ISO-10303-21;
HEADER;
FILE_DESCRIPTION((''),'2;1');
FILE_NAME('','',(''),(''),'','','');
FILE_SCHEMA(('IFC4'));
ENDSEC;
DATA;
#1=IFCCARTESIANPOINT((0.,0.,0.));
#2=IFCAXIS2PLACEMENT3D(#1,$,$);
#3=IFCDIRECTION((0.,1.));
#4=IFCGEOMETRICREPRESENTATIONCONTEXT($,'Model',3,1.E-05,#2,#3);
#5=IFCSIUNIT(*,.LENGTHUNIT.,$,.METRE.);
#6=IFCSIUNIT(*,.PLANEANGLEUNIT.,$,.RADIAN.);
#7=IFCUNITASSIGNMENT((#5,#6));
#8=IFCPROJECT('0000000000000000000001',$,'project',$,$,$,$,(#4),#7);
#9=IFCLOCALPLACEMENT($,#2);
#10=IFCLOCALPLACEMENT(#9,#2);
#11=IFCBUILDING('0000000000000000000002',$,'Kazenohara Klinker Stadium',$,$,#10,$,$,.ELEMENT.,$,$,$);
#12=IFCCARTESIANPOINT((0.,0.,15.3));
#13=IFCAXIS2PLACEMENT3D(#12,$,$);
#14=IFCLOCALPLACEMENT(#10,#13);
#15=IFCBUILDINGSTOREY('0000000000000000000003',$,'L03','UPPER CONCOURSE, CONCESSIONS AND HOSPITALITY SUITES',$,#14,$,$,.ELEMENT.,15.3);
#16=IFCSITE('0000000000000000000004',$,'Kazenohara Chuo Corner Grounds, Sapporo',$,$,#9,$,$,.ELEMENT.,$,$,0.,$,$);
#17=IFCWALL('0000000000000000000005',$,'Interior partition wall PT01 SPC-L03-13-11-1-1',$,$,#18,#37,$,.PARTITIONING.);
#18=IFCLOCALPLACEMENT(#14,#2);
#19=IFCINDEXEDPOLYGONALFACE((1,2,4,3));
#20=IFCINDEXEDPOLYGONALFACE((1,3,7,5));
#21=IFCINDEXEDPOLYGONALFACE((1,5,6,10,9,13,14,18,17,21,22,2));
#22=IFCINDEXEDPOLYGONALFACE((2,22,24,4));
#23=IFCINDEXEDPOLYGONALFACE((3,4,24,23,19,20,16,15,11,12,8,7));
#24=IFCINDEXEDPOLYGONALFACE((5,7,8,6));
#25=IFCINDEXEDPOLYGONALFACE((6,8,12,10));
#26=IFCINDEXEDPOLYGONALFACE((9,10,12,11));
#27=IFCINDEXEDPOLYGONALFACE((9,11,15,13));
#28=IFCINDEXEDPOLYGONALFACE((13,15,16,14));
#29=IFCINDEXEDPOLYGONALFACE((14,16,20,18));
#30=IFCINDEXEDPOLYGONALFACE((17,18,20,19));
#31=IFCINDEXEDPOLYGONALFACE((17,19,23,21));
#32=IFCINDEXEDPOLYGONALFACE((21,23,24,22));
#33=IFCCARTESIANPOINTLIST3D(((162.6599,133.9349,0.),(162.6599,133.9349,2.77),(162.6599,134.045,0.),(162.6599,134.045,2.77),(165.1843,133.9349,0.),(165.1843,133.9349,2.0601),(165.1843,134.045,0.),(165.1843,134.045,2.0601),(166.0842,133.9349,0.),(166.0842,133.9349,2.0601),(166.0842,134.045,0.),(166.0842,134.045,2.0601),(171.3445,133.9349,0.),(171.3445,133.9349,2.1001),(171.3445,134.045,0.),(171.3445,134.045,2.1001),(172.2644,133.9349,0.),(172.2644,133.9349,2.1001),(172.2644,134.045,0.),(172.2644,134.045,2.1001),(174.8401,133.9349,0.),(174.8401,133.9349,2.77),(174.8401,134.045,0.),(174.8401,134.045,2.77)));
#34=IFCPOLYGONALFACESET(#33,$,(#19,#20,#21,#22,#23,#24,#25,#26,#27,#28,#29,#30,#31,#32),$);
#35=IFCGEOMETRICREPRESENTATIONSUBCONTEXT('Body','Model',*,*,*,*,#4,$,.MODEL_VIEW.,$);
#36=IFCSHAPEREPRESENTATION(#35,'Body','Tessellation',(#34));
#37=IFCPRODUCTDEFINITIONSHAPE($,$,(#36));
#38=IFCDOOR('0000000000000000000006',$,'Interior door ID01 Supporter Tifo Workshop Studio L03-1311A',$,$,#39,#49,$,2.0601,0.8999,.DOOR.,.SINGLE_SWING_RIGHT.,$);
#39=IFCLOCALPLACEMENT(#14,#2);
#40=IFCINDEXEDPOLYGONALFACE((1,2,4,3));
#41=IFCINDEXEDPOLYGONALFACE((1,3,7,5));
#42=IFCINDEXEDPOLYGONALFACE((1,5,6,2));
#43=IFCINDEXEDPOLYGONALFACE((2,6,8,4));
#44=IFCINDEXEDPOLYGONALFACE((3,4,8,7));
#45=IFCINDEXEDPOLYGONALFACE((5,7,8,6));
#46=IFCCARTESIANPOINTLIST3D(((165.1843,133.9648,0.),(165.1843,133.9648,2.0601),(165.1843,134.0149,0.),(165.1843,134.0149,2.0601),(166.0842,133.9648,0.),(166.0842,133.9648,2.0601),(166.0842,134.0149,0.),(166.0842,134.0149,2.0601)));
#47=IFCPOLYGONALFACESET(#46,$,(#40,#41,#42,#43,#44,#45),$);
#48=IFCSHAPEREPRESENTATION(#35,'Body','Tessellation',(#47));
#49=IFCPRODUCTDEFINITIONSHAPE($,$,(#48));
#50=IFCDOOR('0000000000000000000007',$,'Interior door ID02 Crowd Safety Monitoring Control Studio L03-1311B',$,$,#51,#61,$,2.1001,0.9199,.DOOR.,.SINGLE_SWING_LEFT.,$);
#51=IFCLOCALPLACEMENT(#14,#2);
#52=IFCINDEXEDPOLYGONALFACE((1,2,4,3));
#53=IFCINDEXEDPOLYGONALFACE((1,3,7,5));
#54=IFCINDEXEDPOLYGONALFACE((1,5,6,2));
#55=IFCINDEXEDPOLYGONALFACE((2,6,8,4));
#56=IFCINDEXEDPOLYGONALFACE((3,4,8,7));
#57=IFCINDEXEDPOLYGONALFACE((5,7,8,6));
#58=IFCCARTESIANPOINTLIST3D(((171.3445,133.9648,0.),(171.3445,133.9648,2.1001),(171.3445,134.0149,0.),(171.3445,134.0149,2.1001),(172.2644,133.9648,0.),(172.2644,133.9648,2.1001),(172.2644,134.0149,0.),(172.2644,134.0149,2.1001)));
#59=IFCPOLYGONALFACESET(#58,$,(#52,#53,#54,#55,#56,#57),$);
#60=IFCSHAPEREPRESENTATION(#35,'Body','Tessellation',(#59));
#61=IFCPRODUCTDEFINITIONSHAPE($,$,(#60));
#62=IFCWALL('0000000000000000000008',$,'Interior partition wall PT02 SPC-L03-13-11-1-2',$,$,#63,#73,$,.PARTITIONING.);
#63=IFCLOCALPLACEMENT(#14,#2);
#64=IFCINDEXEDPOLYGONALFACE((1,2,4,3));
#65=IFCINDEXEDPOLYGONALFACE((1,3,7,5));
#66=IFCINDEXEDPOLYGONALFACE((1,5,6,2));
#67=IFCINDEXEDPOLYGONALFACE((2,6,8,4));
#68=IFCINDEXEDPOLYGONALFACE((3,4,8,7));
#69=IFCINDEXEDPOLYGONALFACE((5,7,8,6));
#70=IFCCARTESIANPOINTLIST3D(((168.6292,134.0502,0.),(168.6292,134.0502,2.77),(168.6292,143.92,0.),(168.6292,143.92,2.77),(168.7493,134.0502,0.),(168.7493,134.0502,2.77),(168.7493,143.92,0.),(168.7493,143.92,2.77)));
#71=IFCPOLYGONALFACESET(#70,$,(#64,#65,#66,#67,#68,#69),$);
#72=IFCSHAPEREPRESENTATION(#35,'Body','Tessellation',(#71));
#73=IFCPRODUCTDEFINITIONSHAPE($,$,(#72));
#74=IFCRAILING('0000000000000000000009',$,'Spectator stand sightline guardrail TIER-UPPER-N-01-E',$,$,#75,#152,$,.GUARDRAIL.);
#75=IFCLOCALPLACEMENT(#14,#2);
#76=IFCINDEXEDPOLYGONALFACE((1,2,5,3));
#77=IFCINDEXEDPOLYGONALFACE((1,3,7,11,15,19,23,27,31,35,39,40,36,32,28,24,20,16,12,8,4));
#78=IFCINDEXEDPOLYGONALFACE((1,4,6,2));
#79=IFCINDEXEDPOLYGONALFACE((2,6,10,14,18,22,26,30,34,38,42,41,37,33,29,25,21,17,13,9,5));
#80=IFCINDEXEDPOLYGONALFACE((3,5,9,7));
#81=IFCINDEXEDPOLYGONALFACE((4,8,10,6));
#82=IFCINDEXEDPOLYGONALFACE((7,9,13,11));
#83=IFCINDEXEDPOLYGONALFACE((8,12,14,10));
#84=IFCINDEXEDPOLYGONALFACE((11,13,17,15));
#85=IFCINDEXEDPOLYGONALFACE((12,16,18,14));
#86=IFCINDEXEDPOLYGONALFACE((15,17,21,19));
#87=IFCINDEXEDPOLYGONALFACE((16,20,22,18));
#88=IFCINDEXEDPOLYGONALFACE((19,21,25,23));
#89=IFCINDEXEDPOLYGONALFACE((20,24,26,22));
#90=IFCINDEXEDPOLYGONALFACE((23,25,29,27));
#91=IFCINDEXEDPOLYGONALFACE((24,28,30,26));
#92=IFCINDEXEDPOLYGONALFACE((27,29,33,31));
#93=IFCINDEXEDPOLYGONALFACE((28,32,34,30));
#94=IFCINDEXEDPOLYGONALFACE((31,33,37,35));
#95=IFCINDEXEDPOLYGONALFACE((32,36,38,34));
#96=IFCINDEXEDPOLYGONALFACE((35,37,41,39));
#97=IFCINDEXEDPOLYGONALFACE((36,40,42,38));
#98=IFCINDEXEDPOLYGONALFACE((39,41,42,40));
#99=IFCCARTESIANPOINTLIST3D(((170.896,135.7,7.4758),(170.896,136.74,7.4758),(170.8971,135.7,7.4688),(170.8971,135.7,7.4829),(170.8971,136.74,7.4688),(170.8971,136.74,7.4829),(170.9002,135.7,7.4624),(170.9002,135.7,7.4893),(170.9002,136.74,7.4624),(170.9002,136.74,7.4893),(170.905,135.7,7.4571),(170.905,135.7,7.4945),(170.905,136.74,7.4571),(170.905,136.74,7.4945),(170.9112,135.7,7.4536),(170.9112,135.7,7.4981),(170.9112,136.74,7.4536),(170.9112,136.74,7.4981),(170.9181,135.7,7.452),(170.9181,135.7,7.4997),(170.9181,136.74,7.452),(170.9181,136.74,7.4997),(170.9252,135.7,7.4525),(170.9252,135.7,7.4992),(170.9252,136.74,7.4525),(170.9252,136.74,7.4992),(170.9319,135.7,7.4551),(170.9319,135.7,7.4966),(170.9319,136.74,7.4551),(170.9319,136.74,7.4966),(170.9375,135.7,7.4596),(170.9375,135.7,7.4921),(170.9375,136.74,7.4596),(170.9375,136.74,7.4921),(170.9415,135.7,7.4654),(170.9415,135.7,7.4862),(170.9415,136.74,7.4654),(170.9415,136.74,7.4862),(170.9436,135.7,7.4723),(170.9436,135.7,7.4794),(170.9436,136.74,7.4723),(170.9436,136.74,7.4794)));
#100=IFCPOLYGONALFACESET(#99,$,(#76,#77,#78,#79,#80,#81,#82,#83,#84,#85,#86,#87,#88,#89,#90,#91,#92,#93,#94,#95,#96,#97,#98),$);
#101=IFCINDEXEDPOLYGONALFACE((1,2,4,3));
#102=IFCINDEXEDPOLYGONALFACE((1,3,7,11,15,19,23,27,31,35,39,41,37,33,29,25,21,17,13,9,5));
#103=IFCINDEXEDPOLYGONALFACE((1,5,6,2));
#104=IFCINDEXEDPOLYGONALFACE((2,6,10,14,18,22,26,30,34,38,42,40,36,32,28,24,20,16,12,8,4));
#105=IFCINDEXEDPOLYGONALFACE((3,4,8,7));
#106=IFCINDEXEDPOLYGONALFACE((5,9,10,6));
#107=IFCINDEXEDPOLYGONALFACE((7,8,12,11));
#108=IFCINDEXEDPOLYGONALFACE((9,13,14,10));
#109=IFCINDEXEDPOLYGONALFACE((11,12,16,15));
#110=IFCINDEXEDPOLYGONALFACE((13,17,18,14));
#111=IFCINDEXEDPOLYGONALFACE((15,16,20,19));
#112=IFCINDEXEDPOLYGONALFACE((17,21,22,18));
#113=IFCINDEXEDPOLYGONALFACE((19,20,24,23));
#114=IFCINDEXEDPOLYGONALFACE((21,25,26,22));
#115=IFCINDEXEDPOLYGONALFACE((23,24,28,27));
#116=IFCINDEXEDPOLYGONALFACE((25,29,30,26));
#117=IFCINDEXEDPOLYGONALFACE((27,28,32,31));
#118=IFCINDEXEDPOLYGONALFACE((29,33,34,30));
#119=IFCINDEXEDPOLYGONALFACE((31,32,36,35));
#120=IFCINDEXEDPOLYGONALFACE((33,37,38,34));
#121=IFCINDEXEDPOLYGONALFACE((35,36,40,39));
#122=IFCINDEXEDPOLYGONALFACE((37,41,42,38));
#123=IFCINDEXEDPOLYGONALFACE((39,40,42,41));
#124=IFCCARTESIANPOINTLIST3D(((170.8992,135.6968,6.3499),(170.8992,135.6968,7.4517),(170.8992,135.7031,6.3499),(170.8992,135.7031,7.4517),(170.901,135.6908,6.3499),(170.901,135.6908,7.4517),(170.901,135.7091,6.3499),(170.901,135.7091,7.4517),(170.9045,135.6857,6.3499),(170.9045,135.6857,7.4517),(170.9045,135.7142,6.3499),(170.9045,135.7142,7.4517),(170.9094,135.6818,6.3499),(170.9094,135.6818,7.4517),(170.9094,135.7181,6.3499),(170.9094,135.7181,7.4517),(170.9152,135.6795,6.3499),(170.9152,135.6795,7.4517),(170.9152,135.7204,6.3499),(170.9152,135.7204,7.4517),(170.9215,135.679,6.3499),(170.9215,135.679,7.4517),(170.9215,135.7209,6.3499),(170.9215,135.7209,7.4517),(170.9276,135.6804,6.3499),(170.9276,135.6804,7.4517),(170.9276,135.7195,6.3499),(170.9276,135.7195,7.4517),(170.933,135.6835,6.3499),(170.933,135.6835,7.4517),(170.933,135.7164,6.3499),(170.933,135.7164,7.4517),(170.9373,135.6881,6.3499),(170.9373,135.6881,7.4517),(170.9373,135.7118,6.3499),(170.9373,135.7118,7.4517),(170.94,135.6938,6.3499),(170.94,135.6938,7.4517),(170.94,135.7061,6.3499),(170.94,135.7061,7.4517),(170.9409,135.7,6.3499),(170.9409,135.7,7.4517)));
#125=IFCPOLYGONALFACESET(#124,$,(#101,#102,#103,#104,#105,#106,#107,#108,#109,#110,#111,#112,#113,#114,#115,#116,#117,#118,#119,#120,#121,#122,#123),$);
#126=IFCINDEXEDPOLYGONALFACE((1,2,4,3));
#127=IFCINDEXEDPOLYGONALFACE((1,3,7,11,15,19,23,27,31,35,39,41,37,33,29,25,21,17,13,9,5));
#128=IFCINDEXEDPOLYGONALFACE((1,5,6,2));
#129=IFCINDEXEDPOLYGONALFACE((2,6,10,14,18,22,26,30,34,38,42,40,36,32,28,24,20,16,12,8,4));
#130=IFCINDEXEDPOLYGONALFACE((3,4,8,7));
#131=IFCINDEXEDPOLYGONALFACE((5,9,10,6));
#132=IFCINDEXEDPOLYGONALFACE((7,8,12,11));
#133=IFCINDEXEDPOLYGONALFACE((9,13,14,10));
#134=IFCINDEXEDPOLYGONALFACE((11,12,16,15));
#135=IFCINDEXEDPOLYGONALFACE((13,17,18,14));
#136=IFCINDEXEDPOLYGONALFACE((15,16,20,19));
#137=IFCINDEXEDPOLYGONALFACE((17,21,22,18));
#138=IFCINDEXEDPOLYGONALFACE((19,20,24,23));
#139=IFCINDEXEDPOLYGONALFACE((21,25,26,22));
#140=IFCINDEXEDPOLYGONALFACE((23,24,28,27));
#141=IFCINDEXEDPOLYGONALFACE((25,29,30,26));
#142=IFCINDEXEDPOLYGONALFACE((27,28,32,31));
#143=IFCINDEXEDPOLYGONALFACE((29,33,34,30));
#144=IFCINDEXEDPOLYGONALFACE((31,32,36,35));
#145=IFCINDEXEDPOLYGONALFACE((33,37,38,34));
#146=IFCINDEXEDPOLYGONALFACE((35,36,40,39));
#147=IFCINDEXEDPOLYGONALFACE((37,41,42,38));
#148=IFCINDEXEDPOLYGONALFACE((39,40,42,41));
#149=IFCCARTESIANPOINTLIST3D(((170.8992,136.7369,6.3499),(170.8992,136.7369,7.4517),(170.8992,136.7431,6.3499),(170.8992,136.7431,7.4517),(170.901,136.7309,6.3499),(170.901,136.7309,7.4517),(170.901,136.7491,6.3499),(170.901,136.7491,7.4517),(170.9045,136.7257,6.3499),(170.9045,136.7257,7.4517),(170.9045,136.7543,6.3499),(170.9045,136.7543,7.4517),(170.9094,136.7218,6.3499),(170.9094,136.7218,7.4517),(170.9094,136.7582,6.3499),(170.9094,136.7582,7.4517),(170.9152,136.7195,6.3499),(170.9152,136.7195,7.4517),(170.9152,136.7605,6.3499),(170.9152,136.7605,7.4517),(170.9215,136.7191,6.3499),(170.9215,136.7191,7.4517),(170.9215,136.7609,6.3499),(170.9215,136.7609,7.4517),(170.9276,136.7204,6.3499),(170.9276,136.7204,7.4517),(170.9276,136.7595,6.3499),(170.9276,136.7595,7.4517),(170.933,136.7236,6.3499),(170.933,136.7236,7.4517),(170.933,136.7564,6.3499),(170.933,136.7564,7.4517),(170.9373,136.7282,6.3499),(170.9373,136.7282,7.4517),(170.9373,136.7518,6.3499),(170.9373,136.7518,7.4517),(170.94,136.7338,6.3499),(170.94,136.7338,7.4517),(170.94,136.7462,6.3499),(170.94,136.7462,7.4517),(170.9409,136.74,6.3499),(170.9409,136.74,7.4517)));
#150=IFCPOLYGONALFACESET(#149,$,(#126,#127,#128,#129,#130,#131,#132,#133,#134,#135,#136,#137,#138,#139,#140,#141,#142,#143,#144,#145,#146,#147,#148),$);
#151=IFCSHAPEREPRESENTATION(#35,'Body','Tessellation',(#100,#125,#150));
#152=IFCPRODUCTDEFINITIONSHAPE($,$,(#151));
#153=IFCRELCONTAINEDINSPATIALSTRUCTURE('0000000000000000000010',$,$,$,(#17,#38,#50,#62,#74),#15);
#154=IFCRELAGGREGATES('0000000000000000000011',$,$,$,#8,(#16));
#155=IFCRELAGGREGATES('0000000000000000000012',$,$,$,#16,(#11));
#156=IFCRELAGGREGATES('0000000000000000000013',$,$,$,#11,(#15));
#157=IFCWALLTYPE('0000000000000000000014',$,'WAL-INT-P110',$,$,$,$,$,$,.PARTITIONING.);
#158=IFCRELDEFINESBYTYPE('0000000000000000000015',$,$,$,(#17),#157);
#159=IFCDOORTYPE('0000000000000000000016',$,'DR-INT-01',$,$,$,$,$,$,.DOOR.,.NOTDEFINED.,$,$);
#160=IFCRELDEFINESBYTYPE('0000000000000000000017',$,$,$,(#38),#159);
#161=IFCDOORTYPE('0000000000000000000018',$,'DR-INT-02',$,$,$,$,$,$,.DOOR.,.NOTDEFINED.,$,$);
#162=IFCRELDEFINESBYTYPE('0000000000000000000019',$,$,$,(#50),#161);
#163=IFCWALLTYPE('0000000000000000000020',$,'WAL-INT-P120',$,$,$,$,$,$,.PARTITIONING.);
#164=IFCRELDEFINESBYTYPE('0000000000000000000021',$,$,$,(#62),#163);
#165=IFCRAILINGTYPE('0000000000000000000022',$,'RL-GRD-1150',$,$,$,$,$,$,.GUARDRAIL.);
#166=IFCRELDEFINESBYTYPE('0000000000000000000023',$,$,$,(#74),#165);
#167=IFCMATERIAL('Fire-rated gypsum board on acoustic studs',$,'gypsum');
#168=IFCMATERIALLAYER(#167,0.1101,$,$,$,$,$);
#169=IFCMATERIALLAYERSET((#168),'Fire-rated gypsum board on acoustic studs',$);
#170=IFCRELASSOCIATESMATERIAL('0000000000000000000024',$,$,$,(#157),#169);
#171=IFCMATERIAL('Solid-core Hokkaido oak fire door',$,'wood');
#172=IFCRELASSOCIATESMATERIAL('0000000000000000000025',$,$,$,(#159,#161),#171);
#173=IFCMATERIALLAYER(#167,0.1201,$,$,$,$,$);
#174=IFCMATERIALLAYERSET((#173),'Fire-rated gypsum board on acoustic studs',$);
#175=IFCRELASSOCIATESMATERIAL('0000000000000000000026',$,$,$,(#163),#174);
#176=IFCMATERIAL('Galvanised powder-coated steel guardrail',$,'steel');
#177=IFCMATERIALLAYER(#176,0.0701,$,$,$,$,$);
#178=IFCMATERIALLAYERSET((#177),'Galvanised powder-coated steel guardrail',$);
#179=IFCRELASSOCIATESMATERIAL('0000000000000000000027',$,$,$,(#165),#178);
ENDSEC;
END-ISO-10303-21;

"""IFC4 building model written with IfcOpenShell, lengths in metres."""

from ifc_helpers import new_model, si_unit, direction, frame, frame_2d, origin, origin_2d, place, context, subcontext, project, spatial, rectangle, circle, extrude, material, layer, layer_set, type_object, element, fill, save


model = new_model("IFC4")

# Units and contexts
model_context = context("Model", 3, precision=1e-05, world=origin(), true_north=direction((0.0, 1.0)))
body_context = subcontext(model_context, "Body", "Model", "MODEL_VIEW")
ifc_project = project(units=[si_unit("LENGTHUNIT", "METRE"), si_unit("PLANEANGLEUNIT", "RADIAN")], contexts=[model_context])

# Site, building, storey
site_placement = place(None, origin())
site = spatial("IfcSite", under=ifc_project, at=site_placement, Name="Kazenohara Chuo Corner Grounds, Sapporo", CompositionType="ELEMENT", RefElevation=0.0)
building_placement = place(site_placement, origin())
building = spatial("IfcBuilding", under=site, at=building_placement, Name="Kazenohara Klinker Stadium", CompositionType="ELEMENT")
storey_placement = place(building_placement, frame((0.0, 0.0, 15.3)))
storey = spatial("IfcBuildingStorey", under=building, at=storey_placement, Name="L03", Description="UPPER CONCOURSE, CONCESSIONS AND HOSPITALITY SUITES", CompositionType="ELEMENT", Elevation=15.3)

# Wall, openings, doors
ifc_material_1 = material(Name="Fire-rated gypsum board on acoustic studs", Category="gypsum")
ifc_layer_1 = layer(ifc_material_1, 0.1101)
ifc_layer_set_1 = layer_set([ifc_layer_1], Name="Fire-rated gypsum board on acoustic studs")
wall_type_1 = type_object("IfcWallType", Name="WAL-INT-P110", PredefinedType="PARTITIONING", material=ifc_layer_set_1)
wall_1_placement = place(storey_placement, frame((162.6599, 133.99, 0.0), z_axis=(0.0, 0.0, 1.0), x_axis=(1.0, 0.0, 0.0)))
wall_1 = element("IfcWall", 1, at=wall_1_placement, inside=storey, type_object=wall_type_1, Name="Interior partition wall PT01 SPC-L03-13-11-1-1", PredefinedType="PARTITIONING", context=body_context, shape_type="SweptSolid", body=[
    extrude(rectangle(XDim=12.1802, YDim=0.1101, at=frame_2d((6.0901, 0.0))), origin(), (0.0, 0.0, 1.0), 2.77),
])
opening_1_placement = place(wall_1_placement, frame((2.5244, 0.0, 0.0)))
opening_1 = element("IfcOpeningElement", 2, at=opening_1_placement, cuts=wall_1, PredefinedType="OPENING", context=body_context, shape_type="SweptSolid", body=[
    extrude(rectangle(XDim=0.8999, YDim=2.0601, at=frame_2d((0.45, 1.03))), frame((0.0, 0.0649, 0.0), z_axis=(0.0, -1.0, 0.0), x_axis=(1.0, 0.0, 0.0)), (0.0, 0.0, 1.0), 0.1301),
])
opening_2_placement = place(wall_1_placement, frame((8.6846, 0.0, 0.0)))
opening_2 = element("IfcOpeningElement", 3, at=opening_2_placement, cuts=wall_1, PredefinedType="OPENING", context=body_context, shape_type="SweptSolid", body=[
    extrude(rectangle(XDim=0.9199, YDim=2.1001, at=frame_2d((0.46, 1.05))), frame((0.0, 0.0649, 0.0), z_axis=(0.0, -1.0, 0.0), x_axis=(1.0, 0.0, 0.0)), (0.0, 0.0, 1.0), 0.1301),
])
ifc_material_2 = material(Name="Solid-core Hokkaido oak fire door", Category="wood")
door_type_1 = type_object("IfcDoorType", Name="DR-INT-01", OperationType="NOTDEFINED", PredefinedType="DOOR", material=ifc_material_2)
door_1_placement = place(opening_1_placement, origin())
door_1 = element("IfcDoor", 4, at=door_1_placement, inside=storey, type_object=door_type_1, Name="Interior door ID01 Supporter Tifo Workshop Studio L03-1311A", OperationType="SINGLE_SWING_RIGHT", OverallHeight=2.0601, OverallWidth=0.8999, PredefinedType="DOOR", context=body_context, shape_type="SweptSolid", body=[
    extrude(rectangle(XDim=0.8999, YDim=2.0601, at=frame_2d((0.45, 1.03))), frame((0.0, 0.0249, 0.0), z_axis=(0.0, -1.0, 0.0), x_axis=(1.0, 0.0, 0.0)), (0.0, 0.0, 1.0), 0.05),
])
fill(opening_1, door_1)
door_type_2 = type_object("IfcDoorType", Name="DR-INT-02", OperationType="NOTDEFINED", PredefinedType="DOOR", material=ifc_material_2)
door_2_placement = place(opening_2_placement, origin())
door_2 = element("IfcDoor", 5, at=door_2_placement, inside=storey, type_object=door_type_2, Name="Interior door ID02 Crowd Safety Monitoring Control Studio L03-1311B", OperationType="SINGLE_SWING_LEFT", OverallHeight=2.1001, OverallWidth=0.9199, PredefinedType="DOOR", context=body_context, shape_type="SweptSolid", body=[
    extrude(rectangle(XDim=0.9199, YDim=2.1001, at=frame_2d((0.46, 1.05))), frame((0.0, 0.0249, 0.0), z_axis=(0.0, -1.0, 0.0), x_axis=(1.0, 0.0, 0.0)), (0.0, 0.0, 1.0), 0.05),
])
fill(opening_2, door_2)

# Wall
ifc_layer_2 = layer(ifc_material_1, 0.1201)
ifc_layer_set_2 = layer_set([ifc_layer_2], Name="Fire-rated gypsum board on acoustic studs")
wall_type_2 = type_object("IfcWallType", Name="WAL-INT-P120", PredefinedType="PARTITIONING", material=ifc_layer_set_2)
wall_2_placement = place(storey_placement, frame((168.6892, 134.05, 0.0), z_axis=(0.0, 0.0, 1.0), x_axis=(0.0, 1.0, 0.0)))
element("IfcWall", 6, at=wall_2_placement, inside=storey, type_object=wall_type_2, Name="Interior partition wall PT02 SPC-L03-13-11-1-2", PredefinedType="PARTITIONING", context=body_context, shape_type="SweptSolid", body=[
    extrude(rectangle(XDim=9.8699, YDim=0.1201, at=frame_2d((4.9351, 0.0))), origin(), (0.0, 0.0, 1.0), 2.77),
])

# Railing
ifc_material_3 = material(Name="Galvanised powder-coated steel guardrail", Category="steel")
ifc_layer_3 = layer(ifc_material_3, 0.0701)
ifc_layer_set_3 = layer_set([ifc_layer_3], Name="Galvanised powder-coated steel guardrail")
railing_type = type_object("IfcRailingType", Name="RL-GRD-1150", PredefinedType="GUARDRAIL", material=ifc_layer_set_3)
railing_placement = place(storey_placement, frame((170.9199, 135.7, 6.3499)))
element("IfcRailing", 7, at=railing_placement, inside=storey, type_object=railing_type, Name="Spectator stand sightline guardrail TIER-UPPER-N-01-E", PredefinedType="GUARDRAIL", context=body_context, shape_type="SweptSolid", body=[
    extrude(circle(Radius=0.0239, at=origin_2d()), frame((0.0, 0.0, 1.126), z_axis=(0.0, 1.0, 0.0), x_axis=(-1.0, 0.0, 0.0)), (0.0, 0.0, 1.0), 1.04),
    extrude(circle(Radius=0.021, at=origin_2d()), origin(), (0.0, 0.0, 1.0), 1.1018),
    extrude(circle(Radius=0.021, at=origin_2d()), frame((0.0, 1.04, 0.0)), (0.0, 0.0, 1.0), 1.1018),
])

save(model, "model.ifc")
